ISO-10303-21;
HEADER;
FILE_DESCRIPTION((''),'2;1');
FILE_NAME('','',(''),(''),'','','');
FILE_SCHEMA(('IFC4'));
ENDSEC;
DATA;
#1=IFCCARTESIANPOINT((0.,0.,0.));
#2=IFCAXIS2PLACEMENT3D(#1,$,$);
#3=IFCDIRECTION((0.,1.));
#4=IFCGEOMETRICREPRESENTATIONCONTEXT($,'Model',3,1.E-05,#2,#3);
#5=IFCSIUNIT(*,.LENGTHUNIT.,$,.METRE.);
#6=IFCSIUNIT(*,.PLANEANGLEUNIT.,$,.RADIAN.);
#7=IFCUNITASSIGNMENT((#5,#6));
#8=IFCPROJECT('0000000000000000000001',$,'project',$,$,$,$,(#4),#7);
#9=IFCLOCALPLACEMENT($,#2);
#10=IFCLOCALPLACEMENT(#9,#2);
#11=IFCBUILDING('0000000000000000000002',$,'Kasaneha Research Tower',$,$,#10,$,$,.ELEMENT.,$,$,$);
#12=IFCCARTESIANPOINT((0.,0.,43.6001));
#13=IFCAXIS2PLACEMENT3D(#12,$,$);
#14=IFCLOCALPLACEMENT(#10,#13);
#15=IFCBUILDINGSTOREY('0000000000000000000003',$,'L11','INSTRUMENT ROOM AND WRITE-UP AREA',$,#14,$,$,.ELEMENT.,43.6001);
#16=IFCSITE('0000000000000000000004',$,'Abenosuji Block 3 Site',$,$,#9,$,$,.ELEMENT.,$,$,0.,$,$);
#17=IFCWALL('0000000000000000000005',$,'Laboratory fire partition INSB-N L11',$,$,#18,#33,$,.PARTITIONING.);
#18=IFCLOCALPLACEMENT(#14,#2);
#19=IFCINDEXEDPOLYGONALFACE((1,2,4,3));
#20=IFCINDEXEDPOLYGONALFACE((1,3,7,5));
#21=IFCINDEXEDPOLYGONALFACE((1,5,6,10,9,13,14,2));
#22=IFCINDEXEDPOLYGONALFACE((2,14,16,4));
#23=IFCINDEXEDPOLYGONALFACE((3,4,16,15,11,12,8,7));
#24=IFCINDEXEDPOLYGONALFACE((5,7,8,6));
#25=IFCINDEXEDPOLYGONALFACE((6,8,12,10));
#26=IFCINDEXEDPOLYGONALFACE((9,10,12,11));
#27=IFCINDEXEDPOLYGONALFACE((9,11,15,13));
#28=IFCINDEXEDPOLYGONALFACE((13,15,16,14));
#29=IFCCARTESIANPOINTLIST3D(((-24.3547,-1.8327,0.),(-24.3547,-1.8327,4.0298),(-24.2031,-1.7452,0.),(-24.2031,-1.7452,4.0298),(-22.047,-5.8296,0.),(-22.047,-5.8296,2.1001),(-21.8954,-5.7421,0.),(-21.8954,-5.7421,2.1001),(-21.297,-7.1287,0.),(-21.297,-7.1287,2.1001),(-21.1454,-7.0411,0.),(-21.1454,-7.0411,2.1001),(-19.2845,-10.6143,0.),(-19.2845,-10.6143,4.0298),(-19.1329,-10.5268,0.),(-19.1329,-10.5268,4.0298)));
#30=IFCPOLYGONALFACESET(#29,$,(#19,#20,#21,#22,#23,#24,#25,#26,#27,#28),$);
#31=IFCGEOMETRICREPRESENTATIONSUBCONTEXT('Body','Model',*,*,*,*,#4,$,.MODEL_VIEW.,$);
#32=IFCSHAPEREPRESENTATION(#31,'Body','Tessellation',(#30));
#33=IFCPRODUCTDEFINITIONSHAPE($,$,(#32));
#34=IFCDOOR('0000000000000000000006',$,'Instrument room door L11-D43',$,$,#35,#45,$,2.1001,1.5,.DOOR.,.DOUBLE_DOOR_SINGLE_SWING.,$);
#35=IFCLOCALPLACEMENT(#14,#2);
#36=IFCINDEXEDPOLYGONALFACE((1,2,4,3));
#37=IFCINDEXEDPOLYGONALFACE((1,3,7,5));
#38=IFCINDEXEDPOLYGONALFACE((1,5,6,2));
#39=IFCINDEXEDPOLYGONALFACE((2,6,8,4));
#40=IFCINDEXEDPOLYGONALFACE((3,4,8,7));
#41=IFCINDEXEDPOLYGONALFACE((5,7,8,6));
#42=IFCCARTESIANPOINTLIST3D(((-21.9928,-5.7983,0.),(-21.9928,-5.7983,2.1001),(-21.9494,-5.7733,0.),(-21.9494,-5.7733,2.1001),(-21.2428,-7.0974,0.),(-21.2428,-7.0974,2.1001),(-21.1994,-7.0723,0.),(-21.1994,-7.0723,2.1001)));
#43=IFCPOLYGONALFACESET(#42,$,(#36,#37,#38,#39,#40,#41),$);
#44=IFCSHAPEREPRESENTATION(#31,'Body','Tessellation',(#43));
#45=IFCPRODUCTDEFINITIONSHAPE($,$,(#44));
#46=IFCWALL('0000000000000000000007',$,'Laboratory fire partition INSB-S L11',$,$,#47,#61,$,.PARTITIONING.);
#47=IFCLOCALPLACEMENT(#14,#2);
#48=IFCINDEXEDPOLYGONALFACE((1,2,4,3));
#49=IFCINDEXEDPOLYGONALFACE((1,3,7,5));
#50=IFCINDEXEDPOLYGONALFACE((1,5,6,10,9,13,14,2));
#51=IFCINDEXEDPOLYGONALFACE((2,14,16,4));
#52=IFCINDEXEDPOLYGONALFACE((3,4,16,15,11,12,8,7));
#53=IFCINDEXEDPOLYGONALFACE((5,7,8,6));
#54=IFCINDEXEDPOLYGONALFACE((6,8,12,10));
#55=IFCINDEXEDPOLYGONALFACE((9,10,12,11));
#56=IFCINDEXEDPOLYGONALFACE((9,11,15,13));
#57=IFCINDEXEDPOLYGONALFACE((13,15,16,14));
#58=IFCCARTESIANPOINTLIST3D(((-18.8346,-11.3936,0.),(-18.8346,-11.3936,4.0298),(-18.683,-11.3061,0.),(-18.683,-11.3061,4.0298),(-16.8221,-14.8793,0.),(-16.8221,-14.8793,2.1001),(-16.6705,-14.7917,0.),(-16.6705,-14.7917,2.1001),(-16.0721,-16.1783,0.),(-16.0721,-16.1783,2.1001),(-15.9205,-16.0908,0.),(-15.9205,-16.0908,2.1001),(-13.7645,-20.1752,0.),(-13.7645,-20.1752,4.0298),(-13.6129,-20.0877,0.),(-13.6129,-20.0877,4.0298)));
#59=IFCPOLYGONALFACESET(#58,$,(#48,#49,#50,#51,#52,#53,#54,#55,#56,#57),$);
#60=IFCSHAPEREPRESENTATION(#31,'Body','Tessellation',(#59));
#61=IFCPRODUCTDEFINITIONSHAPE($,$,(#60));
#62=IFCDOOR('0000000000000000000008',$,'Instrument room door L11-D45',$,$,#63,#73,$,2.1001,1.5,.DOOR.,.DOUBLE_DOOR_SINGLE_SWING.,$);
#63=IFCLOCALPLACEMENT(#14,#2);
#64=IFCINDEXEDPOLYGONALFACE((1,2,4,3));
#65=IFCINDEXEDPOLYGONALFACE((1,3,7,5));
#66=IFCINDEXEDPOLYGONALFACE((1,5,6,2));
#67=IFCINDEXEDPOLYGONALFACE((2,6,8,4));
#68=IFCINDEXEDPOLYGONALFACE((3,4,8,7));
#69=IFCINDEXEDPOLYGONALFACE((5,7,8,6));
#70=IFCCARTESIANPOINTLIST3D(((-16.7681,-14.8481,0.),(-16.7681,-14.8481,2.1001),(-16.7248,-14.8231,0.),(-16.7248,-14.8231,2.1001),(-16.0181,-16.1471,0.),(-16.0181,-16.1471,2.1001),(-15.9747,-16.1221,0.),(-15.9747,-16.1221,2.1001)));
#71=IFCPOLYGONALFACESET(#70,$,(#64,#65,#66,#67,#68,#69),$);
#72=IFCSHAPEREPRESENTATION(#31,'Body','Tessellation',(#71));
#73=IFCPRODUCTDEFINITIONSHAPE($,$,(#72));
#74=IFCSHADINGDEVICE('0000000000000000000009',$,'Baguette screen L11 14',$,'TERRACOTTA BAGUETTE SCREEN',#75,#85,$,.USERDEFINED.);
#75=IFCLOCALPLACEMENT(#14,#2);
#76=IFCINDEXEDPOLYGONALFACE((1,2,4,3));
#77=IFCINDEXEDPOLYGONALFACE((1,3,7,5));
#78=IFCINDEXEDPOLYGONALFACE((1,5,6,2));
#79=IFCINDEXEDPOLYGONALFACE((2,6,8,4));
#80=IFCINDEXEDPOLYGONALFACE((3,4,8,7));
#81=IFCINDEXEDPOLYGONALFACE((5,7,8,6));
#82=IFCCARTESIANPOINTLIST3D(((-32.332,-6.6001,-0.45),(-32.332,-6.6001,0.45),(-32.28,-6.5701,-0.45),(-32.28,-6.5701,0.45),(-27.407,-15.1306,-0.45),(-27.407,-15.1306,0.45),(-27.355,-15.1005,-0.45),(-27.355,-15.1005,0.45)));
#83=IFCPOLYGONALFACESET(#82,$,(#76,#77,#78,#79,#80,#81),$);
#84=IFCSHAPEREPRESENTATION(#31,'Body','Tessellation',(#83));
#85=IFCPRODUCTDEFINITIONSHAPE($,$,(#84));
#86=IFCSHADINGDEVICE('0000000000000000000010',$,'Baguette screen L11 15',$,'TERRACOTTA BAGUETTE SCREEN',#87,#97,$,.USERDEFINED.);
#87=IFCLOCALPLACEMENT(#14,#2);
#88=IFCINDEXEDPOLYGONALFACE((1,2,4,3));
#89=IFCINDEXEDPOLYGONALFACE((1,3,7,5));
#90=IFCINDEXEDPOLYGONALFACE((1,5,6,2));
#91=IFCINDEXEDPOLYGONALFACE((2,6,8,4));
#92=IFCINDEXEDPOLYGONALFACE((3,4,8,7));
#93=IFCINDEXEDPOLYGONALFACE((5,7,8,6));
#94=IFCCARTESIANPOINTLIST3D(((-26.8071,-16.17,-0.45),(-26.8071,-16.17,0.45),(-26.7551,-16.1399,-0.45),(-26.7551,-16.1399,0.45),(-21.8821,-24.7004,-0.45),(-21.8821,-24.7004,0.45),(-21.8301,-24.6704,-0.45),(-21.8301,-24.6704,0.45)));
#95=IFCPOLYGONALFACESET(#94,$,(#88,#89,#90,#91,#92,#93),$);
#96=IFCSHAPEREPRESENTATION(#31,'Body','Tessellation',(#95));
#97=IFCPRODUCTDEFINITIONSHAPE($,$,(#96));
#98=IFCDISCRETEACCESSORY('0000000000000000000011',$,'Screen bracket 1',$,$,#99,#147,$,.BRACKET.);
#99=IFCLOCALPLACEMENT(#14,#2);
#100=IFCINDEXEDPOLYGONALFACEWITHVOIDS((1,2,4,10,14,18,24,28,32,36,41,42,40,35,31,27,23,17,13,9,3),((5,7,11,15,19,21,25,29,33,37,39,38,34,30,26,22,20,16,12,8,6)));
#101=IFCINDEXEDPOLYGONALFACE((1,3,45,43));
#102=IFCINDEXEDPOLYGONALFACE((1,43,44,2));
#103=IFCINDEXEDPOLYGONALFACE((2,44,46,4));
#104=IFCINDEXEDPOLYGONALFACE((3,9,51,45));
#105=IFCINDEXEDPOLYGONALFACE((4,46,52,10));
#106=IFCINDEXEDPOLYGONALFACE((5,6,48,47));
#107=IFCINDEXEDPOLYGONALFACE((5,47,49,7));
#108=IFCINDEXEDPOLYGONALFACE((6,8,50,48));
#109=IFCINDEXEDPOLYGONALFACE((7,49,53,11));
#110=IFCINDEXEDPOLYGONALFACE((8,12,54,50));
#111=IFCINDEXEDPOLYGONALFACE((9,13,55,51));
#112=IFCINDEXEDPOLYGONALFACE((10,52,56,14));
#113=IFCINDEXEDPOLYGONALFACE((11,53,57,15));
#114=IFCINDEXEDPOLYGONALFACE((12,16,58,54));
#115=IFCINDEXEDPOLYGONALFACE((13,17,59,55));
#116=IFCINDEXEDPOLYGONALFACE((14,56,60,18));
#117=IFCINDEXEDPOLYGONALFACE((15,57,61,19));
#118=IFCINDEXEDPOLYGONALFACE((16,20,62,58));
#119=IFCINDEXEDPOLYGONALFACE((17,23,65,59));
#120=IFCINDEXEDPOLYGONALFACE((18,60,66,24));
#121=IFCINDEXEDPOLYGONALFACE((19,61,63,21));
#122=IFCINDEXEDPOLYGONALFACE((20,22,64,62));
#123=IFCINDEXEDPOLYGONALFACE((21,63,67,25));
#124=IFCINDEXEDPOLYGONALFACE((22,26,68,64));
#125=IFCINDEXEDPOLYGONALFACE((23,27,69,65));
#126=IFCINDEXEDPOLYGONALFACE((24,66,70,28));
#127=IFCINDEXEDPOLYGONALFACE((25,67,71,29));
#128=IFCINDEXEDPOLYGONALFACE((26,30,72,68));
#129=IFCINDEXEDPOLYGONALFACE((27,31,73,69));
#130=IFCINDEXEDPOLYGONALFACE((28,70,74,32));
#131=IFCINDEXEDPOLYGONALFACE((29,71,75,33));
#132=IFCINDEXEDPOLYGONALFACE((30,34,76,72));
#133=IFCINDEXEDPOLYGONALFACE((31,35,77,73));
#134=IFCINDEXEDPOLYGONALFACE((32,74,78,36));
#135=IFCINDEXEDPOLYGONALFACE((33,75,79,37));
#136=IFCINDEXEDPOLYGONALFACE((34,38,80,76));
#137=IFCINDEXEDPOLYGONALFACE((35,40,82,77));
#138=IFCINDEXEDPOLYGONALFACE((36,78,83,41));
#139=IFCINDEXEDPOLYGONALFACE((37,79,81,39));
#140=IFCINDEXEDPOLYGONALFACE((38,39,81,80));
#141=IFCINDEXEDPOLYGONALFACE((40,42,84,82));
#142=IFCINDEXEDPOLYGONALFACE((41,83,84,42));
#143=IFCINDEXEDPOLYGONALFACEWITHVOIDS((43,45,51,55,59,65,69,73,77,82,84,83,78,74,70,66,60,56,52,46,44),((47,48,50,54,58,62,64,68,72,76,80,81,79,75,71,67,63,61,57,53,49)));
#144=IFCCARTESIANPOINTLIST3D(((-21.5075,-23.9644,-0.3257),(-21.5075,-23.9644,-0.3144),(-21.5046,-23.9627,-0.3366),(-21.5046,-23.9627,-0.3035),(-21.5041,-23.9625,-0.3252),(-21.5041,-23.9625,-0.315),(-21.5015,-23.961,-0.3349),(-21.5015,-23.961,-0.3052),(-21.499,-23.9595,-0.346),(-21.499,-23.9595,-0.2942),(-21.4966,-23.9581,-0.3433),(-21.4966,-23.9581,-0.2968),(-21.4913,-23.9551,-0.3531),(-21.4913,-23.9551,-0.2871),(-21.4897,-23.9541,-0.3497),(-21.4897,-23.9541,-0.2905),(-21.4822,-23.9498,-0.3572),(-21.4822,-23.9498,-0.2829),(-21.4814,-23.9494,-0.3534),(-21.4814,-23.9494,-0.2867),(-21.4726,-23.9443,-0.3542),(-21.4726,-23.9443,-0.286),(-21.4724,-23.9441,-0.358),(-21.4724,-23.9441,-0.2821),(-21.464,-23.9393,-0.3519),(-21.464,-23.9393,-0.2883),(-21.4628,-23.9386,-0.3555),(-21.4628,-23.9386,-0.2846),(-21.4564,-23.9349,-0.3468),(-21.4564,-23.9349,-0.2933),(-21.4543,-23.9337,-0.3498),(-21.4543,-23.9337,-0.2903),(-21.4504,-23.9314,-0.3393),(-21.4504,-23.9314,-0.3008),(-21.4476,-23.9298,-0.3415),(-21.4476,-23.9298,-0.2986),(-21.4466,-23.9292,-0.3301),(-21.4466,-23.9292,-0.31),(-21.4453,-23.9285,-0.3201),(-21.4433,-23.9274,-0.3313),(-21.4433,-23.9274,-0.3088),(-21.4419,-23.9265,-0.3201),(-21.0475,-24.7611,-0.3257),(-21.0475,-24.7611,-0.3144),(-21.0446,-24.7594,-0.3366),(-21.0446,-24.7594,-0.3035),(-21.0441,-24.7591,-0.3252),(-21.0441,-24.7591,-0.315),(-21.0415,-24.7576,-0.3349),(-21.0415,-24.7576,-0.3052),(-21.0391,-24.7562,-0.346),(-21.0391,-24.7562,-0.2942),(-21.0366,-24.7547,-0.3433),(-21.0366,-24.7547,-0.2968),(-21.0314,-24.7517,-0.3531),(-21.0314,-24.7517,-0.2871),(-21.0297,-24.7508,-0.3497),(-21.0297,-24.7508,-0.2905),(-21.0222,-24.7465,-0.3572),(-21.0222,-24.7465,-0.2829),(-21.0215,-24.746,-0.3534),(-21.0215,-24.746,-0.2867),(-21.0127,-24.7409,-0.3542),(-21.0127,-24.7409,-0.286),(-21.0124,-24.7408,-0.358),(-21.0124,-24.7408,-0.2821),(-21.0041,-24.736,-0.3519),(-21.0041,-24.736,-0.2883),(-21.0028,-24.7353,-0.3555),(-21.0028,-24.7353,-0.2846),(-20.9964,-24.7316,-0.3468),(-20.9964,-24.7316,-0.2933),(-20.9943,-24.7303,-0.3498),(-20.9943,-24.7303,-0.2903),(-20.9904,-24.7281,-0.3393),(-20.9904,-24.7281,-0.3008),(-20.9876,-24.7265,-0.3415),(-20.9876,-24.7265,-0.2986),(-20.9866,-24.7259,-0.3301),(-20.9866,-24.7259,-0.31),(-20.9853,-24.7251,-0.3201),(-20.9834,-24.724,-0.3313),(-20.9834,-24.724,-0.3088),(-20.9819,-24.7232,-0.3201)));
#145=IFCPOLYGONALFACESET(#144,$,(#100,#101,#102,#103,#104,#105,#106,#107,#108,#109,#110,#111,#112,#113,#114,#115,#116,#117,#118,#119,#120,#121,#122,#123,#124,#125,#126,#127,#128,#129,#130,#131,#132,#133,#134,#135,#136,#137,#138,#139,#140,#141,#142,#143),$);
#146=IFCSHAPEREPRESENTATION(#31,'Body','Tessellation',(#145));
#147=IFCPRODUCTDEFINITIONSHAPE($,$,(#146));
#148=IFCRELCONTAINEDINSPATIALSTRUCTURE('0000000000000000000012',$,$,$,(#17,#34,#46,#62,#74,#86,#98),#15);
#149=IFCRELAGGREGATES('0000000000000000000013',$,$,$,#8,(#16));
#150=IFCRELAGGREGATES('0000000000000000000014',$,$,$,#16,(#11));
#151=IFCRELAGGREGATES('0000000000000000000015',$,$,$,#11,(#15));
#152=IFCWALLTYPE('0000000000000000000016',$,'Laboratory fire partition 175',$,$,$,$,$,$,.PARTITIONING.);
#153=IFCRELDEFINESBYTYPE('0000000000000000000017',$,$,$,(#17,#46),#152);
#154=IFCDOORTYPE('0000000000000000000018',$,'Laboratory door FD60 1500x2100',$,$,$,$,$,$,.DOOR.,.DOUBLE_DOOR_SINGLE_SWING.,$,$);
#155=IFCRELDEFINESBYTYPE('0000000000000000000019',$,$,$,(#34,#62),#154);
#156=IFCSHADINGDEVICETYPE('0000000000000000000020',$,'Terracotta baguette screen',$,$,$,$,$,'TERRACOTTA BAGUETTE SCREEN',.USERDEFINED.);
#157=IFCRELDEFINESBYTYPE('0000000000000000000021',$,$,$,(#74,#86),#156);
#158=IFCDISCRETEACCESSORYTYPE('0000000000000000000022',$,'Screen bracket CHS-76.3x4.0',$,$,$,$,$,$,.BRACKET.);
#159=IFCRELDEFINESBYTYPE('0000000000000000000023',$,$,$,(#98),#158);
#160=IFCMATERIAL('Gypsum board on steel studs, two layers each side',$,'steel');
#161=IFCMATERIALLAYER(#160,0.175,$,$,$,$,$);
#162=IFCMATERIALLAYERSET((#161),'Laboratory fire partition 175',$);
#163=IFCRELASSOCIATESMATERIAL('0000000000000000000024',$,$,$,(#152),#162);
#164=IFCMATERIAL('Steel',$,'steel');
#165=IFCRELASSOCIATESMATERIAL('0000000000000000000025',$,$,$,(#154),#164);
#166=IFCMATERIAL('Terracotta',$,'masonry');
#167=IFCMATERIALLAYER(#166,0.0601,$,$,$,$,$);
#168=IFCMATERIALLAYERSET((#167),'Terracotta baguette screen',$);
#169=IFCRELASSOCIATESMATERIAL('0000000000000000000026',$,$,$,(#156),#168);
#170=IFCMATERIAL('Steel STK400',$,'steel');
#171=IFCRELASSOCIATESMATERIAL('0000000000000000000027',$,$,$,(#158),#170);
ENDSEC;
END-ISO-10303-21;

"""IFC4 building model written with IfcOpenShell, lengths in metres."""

from ifc_helpers import new_model, si_unit, direction, frame, frame_2d, origin, origin_2d, place, context, subcontext, project, spatial, rectangle, hollow_circle, extrude, material, layer, layer_set, material_profile, profile_set, type_object, element, fill, save


model = new_model("IFC4")

# Units and contexts
model_context = context("Model", 3, precision=1e-05, world=origin(), true_north=direction((0.0, 1.0)))
body_context = subcontext(model_context, "Body", "Model", "MODEL_VIEW")
ifc_project = project(units=[si_unit("LENGTHUNIT", "METRE"), si_unit("PLANEANGLEUNIT", "RADIAN")], contexts=[model_context])

# Site, building, storey
site_placement = place(None, origin())
site = spatial("IfcSite", under=ifc_project, at=site_placement, Name="Abenosuji Block 3 Site", CompositionType="ELEMENT", RefElevation=0.0)
building_placement = place(site_placement, origin())
building = spatial("IfcBuilding", under=site, at=building_placement, Name="Kasaneha Research Tower", CompositionType="ELEMENT")
storey_placement = place(building_placement, frame((0.0, 0.0, 43.6001)))
storey = spatial("IfcBuildingStorey", under=building, at=storey_placement, Name="L11", Description="INSTRUMENT ROOM AND WRITE-UP AREA", CompositionType="ELEMENT", Elevation=43.6001)

# Walls, openings, doors
ifc_material_1 = material(Name="Gypsum board on steel studs, two layers each side", Category="steel")
ifc_layer_1 = layer(ifc_material_1, 0.175)
ifc_layer_set_1 = layer_set([ifc_layer_1], Name="Laboratory fire partition 175")
wall_type = type_object("IfcWallType", Name="Laboratory fire partition 175", PredefinedType="PARTITIONING", material=ifc_layer_set_1)
wall_1_placement = place(storey_placement, frame((-19.2087, -10.5706, 0.0), z_axis=(0.0, 0.0, 1.0), x_axis=(-0.500005, 0.866022, 0.0)))
wall_1 = element("IfcWall", 1, at=wall_1_placement, inside=storey, type_object=wall_type, Name="Laboratory fire partition INSB-N L11", PredefinedType="PARTITIONING", context=body_context, shape_type="SweptSolid", body=[
    extrude(rectangle(XDim=10.1401, YDim=0.175, at=frame_2d((5.0701, 0.0))), origin(), (0.0, 0.0, 1.0), 4.0298),
])
opening_1_placement = place(wall_1_placement, frame((4.0249, 0.0, 0.0)))
opening_1 = element("IfcOpeningElement", 2, at=opening_1_placement, cuts=wall_1, PredefinedType="OPENING", context=body_context, shape_type="SweptSolid", body=[
    extrude(rectangle(XDim=1.5, YDim=2.1001, at=frame_2d((0.75, 1.05))), frame((0.0, 0.0977, 0.0), z_axis=(0.0, -1.0, 0.0), x_axis=(1.0, 0.0, 0.0)), (0.0, 0.0, 1.0), 0.1951),
])
ifc_material_2 = material(Name="Steel", Category="steel")
door_type = type_object("IfcDoorType", Name="Laboratory door FD60 1500x2100", OperationType="DOUBLE_DOOR_SINGLE_SWING", PredefinedType="DOOR", material=ifc_material_2)
door_1_placement = place(opening_1_placement, origin())
door_1 = element("IfcDoor", 3, at=door_1_placement, inside=storey, type_object=door_type, Name="Instrument room door L11-D43", OperationType="DOUBLE_DOOR_SINGLE_SWING", OverallHeight=2.1001, OverallWidth=1.5, PredefinedType="DOOR", context=body_context, shape_type="SweptSolid", body=[
    extrude(rectangle(XDim=1.5, YDim=2.1001, at=frame_2d((0.75, 1.05))), frame((0.0, 0.0249, 0.0), z_axis=(0.0, -1.0, 0.0), x_axis=(1.0, 0.0, 0.0)), (0.0, 0.0, 1.0), 0.05),
])
fill(opening_1, door_1)
wall_2_placement = place(storey_placement, frame((-18.7588, -11.3499, 0.0), z_axis=(0.0, 0.0, 1.0), x_axis=(0.500005, -0.866022, 0.0)))
wall_2 = element("IfcWall", 4, at=wall_2_placement, inside=storey, type_object=wall_type, Name="Laboratory fire partition INSB-S L11", PredefinedType="PARTITIONING", context=body_context, shape_type="SweptSolid", body=[
    extrude(rectangle(XDim=10.1401, YDim=0.175, at=frame_2d((5.0701, 0.0))), origin(), (0.0, 0.0, 1.0), 4.0298),
])
opening_2_placement = place(wall_2_placement, frame((4.0249, 0.0, 0.0)))
opening_2 = element("IfcOpeningElement", 5, at=opening_2_placement, cuts=wall_2, PredefinedType="OPENING", context=body_context, shape_type="SweptSolid", body=[
    extrude(rectangle(XDim=1.5, YDim=2.1001, at=frame_2d((0.75, 1.05))), frame((0.0, 0.0977, 0.0), z_axis=(0.0, -1.0, 0.0), x_axis=(1.0, 0.0, 0.0)), (0.0, 0.0, 1.0), 0.1951),
])
door_2_placement = place(opening_2_placement, origin())
door_2 = element("IfcDoor", 6, at=door_2_placement, inside=storey, type_object=door_type, Name="Instrument room door L11-D45", OperationType="DOUBLE_DOOR_SINGLE_SWING", OverallHeight=2.1001, OverallWidth=1.5, PredefinedType="DOOR", context=body_context, shape_type="SweptSolid", body=[
    extrude(rectangle(XDim=1.5, YDim=2.1001, at=frame_2d((0.75, 1.05))), frame((0.0, 0.0249, 0.0), z_axis=(0.0, -1.0, 0.0), x_axis=(1.0, 0.0, 0.0)), (0.0, 0.0, 1.0), 0.05),
])
fill(opening_2, door_2)

# Shading devices
ifc_material_3 = material(Name="Terracotta", Category="masonry")
ifc_layer_2 = layer(ifc_material_3, 0.0601)
ifc_layer_set_2 = layer_set([ifc_layer_2], Name="Terracotta baguette screen")
shading_device_type = type_object("IfcShadingDeviceType", Name="Terracotta baguette screen", ElementType="TERRACOTTA BAGUETTE SCREEN", PredefinedType="USERDEFINED", material=ifc_layer_set_2)
for number, where, z_axis, x_axis, name in (
    (7, (-29.8435, -10.8503, -0.45), (0.0, 0.0, 1.0), (0.5, -0.866025, 0.0), "Baguette screen L11 14"),
    (8, (-24.3186, -20.4202, -0.45), (0.0, 0.0, 1.0), (0.5, -0.866025, 0.0), "Baguette screen L11 15"),
):
    element("IfcShadingDevice", number, at=place(storey_placement, frame(where, z_axis=z_axis, x_axis=x_axis)), inside=storey, type_object=shading_device_type, Name=name, ObjectType="TERRACOTTA BAGUETTE SCREEN", PredefinedType="USERDEFINED", context=body_context, shape_type="SweptSolid", body=[
        extrude(rectangle(XDim=9.8501, YDim=0.0601, at=origin_2d()), origin(), (0.0, 0.0, 1.0), 0.8999),
    ])

# Discrete accessory
ifc_material_4 = material(Name="Steel STK400", Category="steel")
ifc_material_profile_1 = material_profile(ifc_material_4, hollow_circle(Radius=0.0381, WallThickness=0.0039, at=origin_2d()), Name="CHS-76.3x4.0")
ifc_profile_set_1 = profile_set([ifc_material_profile_1], Name="Steel STK400")
discrete_accessory_type = type_object("IfcDiscreteAccessoryType", Name="Screen bracket CHS-76.3x4.0", PredefinedType="BRACKET", material=ifc_profile_set_1)
discrete_accessory_1_placement = place(storey_placement, frame((-21.4749, -23.9456, -0.3201), z_axis=(0.500021, -0.866013, 0.0), x_axis=(0.866013, 0.500021, 0.0)))
element("IfcDiscreteAccessory", 9, at=discrete_accessory_1_placement, inside=storey, type_object=discrete_accessory_type, Name="Screen bracket 1", PredefinedType="BRACKET", context=body_context, shape_type="SweptSolid", body=[
    extrude(hollow_circle(Radius=0.0381, WallThickness=0.0039, at=origin_2d()), origin(), (0.0, 0.0, 1.0), 0.9199),
])

save(model, "model.ifc")
